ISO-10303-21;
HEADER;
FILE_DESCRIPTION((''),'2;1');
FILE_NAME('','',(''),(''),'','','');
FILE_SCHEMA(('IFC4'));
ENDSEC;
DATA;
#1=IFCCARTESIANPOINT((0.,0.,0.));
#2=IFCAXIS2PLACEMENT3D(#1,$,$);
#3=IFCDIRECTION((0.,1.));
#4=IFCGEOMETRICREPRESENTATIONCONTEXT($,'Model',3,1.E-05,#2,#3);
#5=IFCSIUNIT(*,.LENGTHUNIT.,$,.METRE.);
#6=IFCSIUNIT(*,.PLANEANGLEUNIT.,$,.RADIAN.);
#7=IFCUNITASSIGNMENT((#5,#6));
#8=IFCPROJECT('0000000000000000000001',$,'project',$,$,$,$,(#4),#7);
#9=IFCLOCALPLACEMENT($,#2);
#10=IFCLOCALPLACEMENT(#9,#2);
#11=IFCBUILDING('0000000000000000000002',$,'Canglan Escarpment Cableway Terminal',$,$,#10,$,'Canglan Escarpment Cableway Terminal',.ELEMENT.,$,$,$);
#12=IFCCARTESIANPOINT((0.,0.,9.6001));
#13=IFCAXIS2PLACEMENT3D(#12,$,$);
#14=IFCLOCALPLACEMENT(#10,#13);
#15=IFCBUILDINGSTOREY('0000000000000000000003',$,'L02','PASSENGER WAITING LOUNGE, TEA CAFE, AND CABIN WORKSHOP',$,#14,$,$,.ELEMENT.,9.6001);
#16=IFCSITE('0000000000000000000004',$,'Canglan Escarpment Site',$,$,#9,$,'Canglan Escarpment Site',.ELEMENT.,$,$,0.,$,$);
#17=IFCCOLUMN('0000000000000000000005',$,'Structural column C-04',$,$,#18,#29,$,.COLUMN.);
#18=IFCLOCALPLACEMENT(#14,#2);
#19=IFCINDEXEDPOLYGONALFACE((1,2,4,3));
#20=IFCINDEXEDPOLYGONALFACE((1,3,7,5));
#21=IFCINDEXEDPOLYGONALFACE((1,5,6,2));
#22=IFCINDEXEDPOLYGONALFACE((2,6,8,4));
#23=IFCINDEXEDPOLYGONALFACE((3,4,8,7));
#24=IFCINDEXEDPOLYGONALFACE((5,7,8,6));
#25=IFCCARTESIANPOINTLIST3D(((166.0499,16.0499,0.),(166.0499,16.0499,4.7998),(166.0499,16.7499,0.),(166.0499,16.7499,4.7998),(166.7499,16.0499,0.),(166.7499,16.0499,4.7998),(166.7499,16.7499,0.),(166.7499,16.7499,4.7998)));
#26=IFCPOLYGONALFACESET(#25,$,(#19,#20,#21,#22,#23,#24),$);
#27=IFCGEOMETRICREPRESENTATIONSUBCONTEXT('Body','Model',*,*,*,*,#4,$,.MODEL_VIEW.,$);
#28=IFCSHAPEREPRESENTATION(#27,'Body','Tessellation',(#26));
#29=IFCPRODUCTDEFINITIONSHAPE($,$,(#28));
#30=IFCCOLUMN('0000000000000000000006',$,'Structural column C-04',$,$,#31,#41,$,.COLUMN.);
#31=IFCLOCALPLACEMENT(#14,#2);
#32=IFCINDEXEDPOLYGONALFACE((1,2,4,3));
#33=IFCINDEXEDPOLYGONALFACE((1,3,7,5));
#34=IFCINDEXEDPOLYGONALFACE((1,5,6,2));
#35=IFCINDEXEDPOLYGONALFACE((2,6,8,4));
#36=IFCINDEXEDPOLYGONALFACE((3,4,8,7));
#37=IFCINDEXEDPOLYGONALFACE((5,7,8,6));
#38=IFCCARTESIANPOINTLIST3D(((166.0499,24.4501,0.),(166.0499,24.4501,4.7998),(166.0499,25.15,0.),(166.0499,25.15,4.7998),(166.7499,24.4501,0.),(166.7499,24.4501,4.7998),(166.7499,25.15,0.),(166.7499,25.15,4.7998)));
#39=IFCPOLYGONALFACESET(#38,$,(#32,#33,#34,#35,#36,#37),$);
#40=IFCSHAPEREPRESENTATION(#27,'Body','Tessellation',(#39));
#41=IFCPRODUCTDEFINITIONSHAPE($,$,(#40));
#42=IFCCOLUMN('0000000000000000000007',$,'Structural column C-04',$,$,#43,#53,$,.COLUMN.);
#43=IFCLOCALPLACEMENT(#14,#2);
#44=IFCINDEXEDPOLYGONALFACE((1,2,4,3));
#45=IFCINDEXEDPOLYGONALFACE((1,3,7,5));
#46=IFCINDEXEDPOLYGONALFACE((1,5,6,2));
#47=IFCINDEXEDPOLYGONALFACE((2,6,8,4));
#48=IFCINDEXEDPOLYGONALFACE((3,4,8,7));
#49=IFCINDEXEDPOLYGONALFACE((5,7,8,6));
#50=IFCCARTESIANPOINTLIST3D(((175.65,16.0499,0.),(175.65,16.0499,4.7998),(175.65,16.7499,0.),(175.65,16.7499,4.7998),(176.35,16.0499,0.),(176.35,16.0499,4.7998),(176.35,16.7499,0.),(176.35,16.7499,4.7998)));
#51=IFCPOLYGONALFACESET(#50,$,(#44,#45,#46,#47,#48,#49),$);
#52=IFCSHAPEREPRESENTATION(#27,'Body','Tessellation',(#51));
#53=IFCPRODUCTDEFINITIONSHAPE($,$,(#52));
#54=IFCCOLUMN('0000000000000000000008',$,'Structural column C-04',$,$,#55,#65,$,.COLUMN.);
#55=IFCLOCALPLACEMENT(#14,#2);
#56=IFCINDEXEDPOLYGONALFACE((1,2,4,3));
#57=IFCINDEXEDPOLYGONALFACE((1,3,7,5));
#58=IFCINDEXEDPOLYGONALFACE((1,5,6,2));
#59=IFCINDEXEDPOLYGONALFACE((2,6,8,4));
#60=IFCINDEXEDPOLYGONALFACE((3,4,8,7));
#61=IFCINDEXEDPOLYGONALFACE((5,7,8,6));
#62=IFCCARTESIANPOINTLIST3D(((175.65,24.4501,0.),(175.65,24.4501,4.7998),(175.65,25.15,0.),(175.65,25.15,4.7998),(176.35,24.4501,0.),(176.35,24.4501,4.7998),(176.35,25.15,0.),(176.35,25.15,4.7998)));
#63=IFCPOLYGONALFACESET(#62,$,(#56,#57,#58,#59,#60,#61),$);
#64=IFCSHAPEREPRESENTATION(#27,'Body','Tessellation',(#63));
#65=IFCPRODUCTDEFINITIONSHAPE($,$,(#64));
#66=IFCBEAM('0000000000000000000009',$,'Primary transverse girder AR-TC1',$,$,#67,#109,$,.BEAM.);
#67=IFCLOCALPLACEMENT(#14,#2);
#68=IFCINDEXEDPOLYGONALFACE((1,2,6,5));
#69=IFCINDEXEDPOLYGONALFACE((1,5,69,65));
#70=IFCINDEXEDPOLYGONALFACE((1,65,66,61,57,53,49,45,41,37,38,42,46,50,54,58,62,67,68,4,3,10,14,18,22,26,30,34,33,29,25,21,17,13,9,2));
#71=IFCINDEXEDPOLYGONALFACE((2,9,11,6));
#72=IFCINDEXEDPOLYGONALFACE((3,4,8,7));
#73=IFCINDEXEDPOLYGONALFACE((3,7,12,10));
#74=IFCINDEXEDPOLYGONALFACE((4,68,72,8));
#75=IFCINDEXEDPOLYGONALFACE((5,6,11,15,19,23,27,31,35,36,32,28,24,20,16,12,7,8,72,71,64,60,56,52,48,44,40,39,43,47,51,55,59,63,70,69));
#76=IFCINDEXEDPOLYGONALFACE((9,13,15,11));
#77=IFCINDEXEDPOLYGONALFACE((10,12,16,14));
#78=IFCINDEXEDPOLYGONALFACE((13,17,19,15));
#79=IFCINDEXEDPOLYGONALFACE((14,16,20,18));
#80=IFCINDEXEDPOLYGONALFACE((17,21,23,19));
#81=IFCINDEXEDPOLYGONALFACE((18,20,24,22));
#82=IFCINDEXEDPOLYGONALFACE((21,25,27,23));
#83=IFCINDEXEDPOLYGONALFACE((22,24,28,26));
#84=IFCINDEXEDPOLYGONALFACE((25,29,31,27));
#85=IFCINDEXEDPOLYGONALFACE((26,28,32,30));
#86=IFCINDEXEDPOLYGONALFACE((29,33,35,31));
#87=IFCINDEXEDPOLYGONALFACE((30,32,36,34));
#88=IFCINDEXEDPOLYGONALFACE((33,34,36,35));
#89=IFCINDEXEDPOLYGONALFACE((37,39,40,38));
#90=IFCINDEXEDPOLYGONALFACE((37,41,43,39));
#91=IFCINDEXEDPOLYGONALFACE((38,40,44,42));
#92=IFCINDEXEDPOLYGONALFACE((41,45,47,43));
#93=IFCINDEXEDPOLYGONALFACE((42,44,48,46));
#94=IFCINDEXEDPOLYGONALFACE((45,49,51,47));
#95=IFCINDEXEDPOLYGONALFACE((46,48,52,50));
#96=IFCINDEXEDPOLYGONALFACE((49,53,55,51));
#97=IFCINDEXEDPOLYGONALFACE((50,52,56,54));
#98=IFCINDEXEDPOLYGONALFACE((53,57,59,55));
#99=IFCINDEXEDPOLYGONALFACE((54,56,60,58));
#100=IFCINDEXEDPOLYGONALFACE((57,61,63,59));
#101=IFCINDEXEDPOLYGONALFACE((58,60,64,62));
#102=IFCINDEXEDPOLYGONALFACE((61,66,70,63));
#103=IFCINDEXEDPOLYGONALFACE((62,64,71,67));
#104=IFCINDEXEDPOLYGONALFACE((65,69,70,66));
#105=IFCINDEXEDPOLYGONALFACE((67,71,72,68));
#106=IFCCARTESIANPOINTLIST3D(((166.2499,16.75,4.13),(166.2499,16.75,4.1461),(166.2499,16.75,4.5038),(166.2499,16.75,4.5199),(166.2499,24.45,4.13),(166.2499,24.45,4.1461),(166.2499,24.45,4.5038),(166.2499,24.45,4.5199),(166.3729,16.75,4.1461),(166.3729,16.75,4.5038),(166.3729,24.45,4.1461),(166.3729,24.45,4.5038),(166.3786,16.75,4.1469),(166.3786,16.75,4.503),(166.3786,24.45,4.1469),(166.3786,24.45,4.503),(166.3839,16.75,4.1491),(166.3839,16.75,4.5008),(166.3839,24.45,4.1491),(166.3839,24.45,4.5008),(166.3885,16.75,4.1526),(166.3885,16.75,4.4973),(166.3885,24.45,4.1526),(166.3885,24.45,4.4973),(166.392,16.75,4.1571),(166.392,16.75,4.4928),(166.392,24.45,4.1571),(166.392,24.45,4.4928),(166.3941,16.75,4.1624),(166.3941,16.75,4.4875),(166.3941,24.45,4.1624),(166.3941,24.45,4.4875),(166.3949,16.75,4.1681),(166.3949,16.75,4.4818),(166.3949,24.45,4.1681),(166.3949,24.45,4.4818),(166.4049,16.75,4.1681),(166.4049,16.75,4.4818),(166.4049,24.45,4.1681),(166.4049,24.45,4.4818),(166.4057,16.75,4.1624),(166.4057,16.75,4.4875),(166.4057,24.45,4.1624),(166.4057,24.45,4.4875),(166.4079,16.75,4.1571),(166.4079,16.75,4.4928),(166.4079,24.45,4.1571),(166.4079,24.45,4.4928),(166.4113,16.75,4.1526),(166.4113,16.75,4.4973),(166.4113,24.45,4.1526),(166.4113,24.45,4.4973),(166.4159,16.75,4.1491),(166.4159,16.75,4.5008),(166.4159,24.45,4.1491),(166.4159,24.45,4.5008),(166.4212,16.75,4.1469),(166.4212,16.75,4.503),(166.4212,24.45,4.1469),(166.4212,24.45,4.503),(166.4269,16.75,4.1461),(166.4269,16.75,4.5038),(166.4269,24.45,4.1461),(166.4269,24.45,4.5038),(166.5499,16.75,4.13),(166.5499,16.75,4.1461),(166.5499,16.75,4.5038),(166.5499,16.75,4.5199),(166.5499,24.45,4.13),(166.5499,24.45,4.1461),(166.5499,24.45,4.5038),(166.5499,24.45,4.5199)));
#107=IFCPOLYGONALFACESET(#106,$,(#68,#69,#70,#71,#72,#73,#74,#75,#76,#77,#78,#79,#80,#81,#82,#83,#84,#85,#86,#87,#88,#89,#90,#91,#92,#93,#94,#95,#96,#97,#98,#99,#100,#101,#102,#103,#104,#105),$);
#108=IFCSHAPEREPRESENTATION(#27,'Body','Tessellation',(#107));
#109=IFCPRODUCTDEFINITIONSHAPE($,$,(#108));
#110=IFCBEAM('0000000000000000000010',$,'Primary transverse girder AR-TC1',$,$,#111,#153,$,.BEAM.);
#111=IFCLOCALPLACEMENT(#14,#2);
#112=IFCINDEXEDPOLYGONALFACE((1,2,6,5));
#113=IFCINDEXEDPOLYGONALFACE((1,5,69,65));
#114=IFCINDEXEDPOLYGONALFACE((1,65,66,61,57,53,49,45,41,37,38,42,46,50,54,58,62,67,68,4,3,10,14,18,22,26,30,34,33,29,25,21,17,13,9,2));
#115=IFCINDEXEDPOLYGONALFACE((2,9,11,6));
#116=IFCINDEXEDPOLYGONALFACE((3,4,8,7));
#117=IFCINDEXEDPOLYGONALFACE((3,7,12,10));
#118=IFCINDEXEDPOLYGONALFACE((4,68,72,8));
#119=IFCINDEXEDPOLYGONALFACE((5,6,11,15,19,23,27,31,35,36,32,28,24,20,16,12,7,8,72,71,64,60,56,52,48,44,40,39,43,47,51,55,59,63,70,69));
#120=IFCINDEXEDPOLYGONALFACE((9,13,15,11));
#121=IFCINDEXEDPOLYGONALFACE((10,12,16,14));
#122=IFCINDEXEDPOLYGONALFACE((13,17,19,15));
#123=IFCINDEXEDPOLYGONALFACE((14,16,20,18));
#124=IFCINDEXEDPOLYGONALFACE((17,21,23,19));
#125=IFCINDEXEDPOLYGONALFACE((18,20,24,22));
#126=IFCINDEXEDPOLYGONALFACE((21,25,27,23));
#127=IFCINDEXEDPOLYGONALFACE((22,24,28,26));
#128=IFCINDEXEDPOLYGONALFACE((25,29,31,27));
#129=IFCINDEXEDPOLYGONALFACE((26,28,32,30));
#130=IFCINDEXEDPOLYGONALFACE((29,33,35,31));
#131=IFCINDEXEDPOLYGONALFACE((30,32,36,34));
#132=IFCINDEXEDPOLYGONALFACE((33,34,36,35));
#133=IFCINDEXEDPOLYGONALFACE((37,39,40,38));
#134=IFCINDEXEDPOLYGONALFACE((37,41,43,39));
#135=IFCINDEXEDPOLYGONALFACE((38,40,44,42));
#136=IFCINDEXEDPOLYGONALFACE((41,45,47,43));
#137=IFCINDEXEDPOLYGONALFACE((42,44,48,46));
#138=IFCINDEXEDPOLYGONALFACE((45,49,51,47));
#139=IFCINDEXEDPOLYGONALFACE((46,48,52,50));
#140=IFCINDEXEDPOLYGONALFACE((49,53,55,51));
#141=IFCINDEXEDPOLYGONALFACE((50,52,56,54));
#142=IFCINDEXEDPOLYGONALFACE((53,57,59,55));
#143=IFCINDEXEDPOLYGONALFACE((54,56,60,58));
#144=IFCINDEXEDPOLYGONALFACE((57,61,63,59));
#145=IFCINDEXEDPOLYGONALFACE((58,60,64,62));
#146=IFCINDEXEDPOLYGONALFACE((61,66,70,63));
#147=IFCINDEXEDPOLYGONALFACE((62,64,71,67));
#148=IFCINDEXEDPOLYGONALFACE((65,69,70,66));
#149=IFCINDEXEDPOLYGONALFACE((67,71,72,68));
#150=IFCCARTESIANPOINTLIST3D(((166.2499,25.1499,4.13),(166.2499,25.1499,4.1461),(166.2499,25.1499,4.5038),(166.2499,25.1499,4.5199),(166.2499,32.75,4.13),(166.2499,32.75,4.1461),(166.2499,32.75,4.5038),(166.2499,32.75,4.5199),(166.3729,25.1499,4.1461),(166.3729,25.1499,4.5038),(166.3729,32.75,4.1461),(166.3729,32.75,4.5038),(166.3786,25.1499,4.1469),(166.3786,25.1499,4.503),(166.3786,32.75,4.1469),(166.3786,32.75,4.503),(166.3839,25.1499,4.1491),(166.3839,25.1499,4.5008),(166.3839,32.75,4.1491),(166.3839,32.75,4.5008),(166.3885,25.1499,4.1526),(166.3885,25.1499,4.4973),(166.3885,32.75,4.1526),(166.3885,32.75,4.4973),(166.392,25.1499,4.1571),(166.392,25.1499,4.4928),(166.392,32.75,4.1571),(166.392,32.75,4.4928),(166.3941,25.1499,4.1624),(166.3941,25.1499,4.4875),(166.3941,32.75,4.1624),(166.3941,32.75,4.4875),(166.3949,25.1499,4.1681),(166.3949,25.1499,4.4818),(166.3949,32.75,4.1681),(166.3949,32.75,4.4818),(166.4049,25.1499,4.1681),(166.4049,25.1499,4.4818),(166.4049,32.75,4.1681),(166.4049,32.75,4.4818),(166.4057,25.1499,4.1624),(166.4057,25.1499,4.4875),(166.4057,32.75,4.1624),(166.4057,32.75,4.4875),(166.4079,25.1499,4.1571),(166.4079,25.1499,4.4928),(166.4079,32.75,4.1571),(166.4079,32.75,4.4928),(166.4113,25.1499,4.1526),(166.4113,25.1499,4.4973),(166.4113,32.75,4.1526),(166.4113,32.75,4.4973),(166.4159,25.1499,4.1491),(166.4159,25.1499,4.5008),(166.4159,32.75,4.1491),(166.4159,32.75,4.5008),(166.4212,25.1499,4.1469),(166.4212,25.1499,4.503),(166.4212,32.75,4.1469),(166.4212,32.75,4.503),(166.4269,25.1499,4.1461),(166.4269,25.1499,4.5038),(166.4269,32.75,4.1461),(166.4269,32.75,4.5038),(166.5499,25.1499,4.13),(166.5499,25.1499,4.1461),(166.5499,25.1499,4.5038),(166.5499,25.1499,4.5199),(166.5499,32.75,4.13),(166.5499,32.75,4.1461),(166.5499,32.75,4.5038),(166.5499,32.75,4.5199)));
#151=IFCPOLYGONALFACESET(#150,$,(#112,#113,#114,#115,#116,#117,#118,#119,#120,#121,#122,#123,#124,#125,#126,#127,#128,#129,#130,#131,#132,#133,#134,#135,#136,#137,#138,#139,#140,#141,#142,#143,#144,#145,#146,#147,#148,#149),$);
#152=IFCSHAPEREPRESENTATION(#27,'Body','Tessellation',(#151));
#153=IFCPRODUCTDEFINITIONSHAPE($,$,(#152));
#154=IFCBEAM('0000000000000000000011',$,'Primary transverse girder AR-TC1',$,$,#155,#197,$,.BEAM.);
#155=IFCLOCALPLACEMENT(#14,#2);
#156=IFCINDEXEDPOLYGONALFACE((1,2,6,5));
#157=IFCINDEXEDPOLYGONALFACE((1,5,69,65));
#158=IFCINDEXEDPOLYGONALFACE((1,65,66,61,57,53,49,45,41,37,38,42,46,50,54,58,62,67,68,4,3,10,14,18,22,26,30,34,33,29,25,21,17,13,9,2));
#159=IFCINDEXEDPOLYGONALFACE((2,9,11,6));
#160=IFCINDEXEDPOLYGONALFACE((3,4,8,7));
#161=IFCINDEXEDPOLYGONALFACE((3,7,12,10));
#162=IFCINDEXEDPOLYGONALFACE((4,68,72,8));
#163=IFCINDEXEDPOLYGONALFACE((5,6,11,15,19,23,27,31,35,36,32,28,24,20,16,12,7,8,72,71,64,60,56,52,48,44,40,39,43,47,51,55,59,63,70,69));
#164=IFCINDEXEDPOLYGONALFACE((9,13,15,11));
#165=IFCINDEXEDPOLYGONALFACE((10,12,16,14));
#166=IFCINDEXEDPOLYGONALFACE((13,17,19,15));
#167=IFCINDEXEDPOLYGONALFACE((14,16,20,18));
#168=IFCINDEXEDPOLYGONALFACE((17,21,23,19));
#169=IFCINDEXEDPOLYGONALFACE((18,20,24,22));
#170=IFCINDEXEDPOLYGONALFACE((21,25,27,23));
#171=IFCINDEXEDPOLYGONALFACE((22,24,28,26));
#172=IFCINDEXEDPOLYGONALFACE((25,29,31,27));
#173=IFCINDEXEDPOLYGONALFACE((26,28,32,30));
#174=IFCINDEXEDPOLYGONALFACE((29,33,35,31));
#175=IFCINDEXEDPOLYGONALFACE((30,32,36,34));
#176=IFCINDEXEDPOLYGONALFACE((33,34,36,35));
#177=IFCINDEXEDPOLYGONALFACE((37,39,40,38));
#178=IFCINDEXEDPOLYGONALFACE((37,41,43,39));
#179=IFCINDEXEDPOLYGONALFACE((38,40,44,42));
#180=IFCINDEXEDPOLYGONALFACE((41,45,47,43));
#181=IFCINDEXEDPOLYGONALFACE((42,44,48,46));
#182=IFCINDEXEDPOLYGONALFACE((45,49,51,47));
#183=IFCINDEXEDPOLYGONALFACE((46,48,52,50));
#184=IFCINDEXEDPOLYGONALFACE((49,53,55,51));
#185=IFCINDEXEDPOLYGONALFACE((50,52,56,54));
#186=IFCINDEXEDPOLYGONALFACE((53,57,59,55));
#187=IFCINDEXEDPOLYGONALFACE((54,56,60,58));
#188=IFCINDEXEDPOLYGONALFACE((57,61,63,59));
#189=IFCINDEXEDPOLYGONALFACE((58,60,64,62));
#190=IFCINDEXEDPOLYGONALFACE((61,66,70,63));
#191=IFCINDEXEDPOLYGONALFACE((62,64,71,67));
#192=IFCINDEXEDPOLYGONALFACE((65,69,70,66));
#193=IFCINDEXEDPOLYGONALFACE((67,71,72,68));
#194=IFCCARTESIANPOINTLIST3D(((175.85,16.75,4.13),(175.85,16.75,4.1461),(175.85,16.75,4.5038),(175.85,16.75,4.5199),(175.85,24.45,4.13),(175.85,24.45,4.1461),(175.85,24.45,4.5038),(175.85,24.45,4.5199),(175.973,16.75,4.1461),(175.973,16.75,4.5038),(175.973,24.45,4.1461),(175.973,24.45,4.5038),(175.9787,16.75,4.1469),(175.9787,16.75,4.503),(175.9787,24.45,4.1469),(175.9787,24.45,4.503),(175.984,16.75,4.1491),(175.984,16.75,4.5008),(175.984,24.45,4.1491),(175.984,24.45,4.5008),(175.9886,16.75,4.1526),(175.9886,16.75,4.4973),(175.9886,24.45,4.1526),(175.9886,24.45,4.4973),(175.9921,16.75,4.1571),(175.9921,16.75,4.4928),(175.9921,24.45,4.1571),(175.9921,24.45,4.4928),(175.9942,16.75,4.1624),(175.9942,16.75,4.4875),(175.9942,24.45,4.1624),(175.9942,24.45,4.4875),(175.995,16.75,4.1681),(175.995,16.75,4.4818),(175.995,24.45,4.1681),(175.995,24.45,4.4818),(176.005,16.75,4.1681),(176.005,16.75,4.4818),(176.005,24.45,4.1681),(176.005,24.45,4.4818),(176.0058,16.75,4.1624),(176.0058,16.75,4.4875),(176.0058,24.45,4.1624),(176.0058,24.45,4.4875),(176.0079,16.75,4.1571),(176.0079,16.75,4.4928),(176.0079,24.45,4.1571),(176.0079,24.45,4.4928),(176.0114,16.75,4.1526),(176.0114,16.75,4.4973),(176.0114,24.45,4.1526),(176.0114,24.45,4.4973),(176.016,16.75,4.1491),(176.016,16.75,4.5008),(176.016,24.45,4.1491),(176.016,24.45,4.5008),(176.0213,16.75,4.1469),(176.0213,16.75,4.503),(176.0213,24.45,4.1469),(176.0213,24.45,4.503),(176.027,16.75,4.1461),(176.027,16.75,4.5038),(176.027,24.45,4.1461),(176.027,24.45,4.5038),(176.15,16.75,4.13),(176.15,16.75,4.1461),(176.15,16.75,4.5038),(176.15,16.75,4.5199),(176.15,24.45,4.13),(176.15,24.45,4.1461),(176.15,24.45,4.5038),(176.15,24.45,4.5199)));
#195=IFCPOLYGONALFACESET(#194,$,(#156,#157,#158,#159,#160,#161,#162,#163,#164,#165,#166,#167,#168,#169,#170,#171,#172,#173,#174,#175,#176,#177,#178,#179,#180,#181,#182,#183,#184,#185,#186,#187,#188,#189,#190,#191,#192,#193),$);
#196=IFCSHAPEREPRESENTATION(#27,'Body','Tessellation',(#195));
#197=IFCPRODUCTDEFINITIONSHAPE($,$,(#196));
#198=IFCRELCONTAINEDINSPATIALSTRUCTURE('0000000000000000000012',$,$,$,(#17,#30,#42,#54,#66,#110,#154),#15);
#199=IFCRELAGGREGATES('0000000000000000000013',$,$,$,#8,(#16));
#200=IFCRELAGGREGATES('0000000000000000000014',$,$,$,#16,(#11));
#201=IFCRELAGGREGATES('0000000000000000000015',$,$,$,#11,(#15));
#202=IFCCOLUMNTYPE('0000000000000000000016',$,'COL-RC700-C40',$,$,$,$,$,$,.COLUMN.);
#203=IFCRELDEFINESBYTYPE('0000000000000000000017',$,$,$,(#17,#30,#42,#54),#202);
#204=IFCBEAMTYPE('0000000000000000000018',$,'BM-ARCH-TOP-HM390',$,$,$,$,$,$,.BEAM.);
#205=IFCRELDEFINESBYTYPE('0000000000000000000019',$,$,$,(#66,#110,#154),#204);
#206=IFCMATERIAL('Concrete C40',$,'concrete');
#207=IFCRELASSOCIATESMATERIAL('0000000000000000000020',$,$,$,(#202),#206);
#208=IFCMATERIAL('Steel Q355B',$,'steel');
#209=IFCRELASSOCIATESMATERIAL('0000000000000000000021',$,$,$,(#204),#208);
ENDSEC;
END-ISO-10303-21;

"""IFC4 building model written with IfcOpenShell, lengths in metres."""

from ifc_helpers import new_model, si_unit, direction, frame, origin, origin_2d, place, context, subcontext, project, spatial, rectangle, i_section, extrude, material, material_profile, profile_set, type_object, element, save


model = new_model("IFC4")

# Units and contexts
model_context = context("Model", 3, precision=1e-05, world=origin(), true_north=direction((0.0, 1.0)))
body_context = subcontext(model_context, "Body", "Model", "MODEL_VIEW")
ifc_project = project(units=[si_unit("LENGTHUNIT", "METRE"), si_unit("PLANEANGLEUNIT", "RADIAN")], contexts=[model_context])

# Site, building, storey
site_placement = place(None, origin())
site = spatial("IfcSite", under=ifc_project, at=site_placement, Name="Canglan Escarpment Site", LongName="Canglan Escarpment Site", CompositionType="ELEMENT", RefElevation=0.0)
building_placement = place(site_placement, origin())
building = spatial("IfcBuilding", under=site, at=building_placement, Name="Canglan Escarpment Cableway Terminal", LongName="Canglan Escarpment Cableway Terminal", CompositionType="ELEMENT")
storey_placement = place(building_placement, frame((0.0, 0.0, 9.6001)))
storey = spatial("IfcBuildingStorey", under=building, at=storey_placement, Name="L02", Description="PASSENGER WAITING LOUNGE, TEA CAFE, AND CABIN WORKSHOP", CompositionType="ELEMENT", Elevation=9.6001)

# Columns
ifc_material_1 = material(Name="Concrete C40", Category="concrete")
ifc_material_profile_1 = material_profile(ifc_material_1, rectangle(XDim=0.7, YDim=0.7, at=origin_2d()), Name="RC 700x700")
ifc_profile_set_1 = profile_set([ifc_material_profile_1], Name="Concrete C40")
column_type = type_object("IfcColumnType", Name="COL-RC700-C40", PredefinedType="COLUMN", material=ifc_profile_set_1)
for number, where, z_axis, x_axis, name in (
    (1, (166.3999, 16.3999, 0.0), (0.0, 0.0, 1.0), (1.0, 0.0, 0.0), "Structural column C-04"),
    (2, (166.3999, 24.8, 0.0), (0.0, 0.0, 1.0), (1.0, 0.0, 0.0), "Structural column C-04"),
    (3, (176.0, 16.3999, 0.0), (0.0, 0.0, 1.0), (1.0, 0.0, 0.0), "Structural column C-04"),
    (4, (176.0, 24.8, 0.0), (0.0, 0.0, 1.0), (1.0, 0.0, 0.0), "Structural column C-04"),
):
    element("IfcColumn", number, at=place(storey_placement, frame(where, z_axis=z_axis, x_axis=x_axis)), inside=storey, type_object=column_type, Name=name, PredefinedType="COLUMN", context=body_context, shape_type="SweptSolid", body=[
        extrude(rectangle(XDim=0.7, YDim=0.7, at=origin_2d()), origin(), (0.0, 0.0, 1.0), 4.7998),
    ])

# Beams
ifc_material_2 = material(Name="Steel Q355B", Category="steel")
ifc_material_profile_2 = material_profile(ifc_material_2, i_section(OverallWidth=0.3, OverallDepth=0.3899, WebThickness=0.01, FlangeThickness=0.0161, FilletRadius=0.022, at=origin_2d()), Name="HM 390x300x10x16")
ifc_profile_set_2 = profile_set([ifc_material_profile_2], Name="Steel Q355B")
beam_type_1 = type_object("IfcBeamType", Name="BM-ARCH-TOP-HM390", PredefinedType="BEAM", material=ifc_profile_set_2)
beam_1_placement = place(storey_placement, frame((166.3999, 16.75, 4.325), z_axis=(0.0, 1.0, 0.0), x_axis=(-1.0, 0.0, 0.0)))
element("IfcBeam", 5, at=beam_1_placement, inside=storey, type_object=beam_type_1, Name="Primary transverse girder AR-TC1", PredefinedType="BEAM", context=body_context, shape_type="SweptSolid", body=[
    extrude(i_section(OverallWidth=0.3, OverallDepth=0.3899, WebThickness=0.01, FlangeThickness=0.0161, FilletRadius=0.022, at=origin_2d()), origin(), (0.0, 0.0, 1.0), 7.7),
])
beam_2_placement = place(storey_placement, frame((166.3999, 25.1499, 4.325), z_axis=(0.0, 1.0, 0.0), x_axis=(-1.0, 0.0, 0.0)))
element("IfcBeam", 6, at=beam_2_placement, inside=storey, type_object=beam_type_1, Name="Primary transverse girder AR-TC1", PredefinedType="BEAM", context=body_context, shape_type="SweptSolid", body=[
    extrude(i_section(OverallWidth=0.3, OverallDepth=0.3899, WebThickness=0.01, FlangeThickness=0.0161, FilletRadius=0.022, at=origin_2d()), origin(), (0.0, 0.0, 1.0), 7.6001),
])
beam_3_placement = place(storey_placement, frame((176.0, 16.75, 4.325), z_axis=(0.0, 1.0, 0.0), x_axis=(-1.0, 0.0, 0.0)))
element("IfcBeam", 7, at=beam_3_placement, inside=storey, type_object=beam_type_1, Name="Primary transverse girder AR-TC1", PredefinedType="BEAM", context=body_context, shape_type="SweptSolid", body=[
    extrude(i_section(OverallWidth=0.3, OverallDepth=0.3899, WebThickness=0.01, FlangeThickness=0.0161, FilletRadius=0.022, at=origin_2d()), origin(), (0.0, 0.0, 1.0), 7.7),
])

save(model, "model.ifc")
